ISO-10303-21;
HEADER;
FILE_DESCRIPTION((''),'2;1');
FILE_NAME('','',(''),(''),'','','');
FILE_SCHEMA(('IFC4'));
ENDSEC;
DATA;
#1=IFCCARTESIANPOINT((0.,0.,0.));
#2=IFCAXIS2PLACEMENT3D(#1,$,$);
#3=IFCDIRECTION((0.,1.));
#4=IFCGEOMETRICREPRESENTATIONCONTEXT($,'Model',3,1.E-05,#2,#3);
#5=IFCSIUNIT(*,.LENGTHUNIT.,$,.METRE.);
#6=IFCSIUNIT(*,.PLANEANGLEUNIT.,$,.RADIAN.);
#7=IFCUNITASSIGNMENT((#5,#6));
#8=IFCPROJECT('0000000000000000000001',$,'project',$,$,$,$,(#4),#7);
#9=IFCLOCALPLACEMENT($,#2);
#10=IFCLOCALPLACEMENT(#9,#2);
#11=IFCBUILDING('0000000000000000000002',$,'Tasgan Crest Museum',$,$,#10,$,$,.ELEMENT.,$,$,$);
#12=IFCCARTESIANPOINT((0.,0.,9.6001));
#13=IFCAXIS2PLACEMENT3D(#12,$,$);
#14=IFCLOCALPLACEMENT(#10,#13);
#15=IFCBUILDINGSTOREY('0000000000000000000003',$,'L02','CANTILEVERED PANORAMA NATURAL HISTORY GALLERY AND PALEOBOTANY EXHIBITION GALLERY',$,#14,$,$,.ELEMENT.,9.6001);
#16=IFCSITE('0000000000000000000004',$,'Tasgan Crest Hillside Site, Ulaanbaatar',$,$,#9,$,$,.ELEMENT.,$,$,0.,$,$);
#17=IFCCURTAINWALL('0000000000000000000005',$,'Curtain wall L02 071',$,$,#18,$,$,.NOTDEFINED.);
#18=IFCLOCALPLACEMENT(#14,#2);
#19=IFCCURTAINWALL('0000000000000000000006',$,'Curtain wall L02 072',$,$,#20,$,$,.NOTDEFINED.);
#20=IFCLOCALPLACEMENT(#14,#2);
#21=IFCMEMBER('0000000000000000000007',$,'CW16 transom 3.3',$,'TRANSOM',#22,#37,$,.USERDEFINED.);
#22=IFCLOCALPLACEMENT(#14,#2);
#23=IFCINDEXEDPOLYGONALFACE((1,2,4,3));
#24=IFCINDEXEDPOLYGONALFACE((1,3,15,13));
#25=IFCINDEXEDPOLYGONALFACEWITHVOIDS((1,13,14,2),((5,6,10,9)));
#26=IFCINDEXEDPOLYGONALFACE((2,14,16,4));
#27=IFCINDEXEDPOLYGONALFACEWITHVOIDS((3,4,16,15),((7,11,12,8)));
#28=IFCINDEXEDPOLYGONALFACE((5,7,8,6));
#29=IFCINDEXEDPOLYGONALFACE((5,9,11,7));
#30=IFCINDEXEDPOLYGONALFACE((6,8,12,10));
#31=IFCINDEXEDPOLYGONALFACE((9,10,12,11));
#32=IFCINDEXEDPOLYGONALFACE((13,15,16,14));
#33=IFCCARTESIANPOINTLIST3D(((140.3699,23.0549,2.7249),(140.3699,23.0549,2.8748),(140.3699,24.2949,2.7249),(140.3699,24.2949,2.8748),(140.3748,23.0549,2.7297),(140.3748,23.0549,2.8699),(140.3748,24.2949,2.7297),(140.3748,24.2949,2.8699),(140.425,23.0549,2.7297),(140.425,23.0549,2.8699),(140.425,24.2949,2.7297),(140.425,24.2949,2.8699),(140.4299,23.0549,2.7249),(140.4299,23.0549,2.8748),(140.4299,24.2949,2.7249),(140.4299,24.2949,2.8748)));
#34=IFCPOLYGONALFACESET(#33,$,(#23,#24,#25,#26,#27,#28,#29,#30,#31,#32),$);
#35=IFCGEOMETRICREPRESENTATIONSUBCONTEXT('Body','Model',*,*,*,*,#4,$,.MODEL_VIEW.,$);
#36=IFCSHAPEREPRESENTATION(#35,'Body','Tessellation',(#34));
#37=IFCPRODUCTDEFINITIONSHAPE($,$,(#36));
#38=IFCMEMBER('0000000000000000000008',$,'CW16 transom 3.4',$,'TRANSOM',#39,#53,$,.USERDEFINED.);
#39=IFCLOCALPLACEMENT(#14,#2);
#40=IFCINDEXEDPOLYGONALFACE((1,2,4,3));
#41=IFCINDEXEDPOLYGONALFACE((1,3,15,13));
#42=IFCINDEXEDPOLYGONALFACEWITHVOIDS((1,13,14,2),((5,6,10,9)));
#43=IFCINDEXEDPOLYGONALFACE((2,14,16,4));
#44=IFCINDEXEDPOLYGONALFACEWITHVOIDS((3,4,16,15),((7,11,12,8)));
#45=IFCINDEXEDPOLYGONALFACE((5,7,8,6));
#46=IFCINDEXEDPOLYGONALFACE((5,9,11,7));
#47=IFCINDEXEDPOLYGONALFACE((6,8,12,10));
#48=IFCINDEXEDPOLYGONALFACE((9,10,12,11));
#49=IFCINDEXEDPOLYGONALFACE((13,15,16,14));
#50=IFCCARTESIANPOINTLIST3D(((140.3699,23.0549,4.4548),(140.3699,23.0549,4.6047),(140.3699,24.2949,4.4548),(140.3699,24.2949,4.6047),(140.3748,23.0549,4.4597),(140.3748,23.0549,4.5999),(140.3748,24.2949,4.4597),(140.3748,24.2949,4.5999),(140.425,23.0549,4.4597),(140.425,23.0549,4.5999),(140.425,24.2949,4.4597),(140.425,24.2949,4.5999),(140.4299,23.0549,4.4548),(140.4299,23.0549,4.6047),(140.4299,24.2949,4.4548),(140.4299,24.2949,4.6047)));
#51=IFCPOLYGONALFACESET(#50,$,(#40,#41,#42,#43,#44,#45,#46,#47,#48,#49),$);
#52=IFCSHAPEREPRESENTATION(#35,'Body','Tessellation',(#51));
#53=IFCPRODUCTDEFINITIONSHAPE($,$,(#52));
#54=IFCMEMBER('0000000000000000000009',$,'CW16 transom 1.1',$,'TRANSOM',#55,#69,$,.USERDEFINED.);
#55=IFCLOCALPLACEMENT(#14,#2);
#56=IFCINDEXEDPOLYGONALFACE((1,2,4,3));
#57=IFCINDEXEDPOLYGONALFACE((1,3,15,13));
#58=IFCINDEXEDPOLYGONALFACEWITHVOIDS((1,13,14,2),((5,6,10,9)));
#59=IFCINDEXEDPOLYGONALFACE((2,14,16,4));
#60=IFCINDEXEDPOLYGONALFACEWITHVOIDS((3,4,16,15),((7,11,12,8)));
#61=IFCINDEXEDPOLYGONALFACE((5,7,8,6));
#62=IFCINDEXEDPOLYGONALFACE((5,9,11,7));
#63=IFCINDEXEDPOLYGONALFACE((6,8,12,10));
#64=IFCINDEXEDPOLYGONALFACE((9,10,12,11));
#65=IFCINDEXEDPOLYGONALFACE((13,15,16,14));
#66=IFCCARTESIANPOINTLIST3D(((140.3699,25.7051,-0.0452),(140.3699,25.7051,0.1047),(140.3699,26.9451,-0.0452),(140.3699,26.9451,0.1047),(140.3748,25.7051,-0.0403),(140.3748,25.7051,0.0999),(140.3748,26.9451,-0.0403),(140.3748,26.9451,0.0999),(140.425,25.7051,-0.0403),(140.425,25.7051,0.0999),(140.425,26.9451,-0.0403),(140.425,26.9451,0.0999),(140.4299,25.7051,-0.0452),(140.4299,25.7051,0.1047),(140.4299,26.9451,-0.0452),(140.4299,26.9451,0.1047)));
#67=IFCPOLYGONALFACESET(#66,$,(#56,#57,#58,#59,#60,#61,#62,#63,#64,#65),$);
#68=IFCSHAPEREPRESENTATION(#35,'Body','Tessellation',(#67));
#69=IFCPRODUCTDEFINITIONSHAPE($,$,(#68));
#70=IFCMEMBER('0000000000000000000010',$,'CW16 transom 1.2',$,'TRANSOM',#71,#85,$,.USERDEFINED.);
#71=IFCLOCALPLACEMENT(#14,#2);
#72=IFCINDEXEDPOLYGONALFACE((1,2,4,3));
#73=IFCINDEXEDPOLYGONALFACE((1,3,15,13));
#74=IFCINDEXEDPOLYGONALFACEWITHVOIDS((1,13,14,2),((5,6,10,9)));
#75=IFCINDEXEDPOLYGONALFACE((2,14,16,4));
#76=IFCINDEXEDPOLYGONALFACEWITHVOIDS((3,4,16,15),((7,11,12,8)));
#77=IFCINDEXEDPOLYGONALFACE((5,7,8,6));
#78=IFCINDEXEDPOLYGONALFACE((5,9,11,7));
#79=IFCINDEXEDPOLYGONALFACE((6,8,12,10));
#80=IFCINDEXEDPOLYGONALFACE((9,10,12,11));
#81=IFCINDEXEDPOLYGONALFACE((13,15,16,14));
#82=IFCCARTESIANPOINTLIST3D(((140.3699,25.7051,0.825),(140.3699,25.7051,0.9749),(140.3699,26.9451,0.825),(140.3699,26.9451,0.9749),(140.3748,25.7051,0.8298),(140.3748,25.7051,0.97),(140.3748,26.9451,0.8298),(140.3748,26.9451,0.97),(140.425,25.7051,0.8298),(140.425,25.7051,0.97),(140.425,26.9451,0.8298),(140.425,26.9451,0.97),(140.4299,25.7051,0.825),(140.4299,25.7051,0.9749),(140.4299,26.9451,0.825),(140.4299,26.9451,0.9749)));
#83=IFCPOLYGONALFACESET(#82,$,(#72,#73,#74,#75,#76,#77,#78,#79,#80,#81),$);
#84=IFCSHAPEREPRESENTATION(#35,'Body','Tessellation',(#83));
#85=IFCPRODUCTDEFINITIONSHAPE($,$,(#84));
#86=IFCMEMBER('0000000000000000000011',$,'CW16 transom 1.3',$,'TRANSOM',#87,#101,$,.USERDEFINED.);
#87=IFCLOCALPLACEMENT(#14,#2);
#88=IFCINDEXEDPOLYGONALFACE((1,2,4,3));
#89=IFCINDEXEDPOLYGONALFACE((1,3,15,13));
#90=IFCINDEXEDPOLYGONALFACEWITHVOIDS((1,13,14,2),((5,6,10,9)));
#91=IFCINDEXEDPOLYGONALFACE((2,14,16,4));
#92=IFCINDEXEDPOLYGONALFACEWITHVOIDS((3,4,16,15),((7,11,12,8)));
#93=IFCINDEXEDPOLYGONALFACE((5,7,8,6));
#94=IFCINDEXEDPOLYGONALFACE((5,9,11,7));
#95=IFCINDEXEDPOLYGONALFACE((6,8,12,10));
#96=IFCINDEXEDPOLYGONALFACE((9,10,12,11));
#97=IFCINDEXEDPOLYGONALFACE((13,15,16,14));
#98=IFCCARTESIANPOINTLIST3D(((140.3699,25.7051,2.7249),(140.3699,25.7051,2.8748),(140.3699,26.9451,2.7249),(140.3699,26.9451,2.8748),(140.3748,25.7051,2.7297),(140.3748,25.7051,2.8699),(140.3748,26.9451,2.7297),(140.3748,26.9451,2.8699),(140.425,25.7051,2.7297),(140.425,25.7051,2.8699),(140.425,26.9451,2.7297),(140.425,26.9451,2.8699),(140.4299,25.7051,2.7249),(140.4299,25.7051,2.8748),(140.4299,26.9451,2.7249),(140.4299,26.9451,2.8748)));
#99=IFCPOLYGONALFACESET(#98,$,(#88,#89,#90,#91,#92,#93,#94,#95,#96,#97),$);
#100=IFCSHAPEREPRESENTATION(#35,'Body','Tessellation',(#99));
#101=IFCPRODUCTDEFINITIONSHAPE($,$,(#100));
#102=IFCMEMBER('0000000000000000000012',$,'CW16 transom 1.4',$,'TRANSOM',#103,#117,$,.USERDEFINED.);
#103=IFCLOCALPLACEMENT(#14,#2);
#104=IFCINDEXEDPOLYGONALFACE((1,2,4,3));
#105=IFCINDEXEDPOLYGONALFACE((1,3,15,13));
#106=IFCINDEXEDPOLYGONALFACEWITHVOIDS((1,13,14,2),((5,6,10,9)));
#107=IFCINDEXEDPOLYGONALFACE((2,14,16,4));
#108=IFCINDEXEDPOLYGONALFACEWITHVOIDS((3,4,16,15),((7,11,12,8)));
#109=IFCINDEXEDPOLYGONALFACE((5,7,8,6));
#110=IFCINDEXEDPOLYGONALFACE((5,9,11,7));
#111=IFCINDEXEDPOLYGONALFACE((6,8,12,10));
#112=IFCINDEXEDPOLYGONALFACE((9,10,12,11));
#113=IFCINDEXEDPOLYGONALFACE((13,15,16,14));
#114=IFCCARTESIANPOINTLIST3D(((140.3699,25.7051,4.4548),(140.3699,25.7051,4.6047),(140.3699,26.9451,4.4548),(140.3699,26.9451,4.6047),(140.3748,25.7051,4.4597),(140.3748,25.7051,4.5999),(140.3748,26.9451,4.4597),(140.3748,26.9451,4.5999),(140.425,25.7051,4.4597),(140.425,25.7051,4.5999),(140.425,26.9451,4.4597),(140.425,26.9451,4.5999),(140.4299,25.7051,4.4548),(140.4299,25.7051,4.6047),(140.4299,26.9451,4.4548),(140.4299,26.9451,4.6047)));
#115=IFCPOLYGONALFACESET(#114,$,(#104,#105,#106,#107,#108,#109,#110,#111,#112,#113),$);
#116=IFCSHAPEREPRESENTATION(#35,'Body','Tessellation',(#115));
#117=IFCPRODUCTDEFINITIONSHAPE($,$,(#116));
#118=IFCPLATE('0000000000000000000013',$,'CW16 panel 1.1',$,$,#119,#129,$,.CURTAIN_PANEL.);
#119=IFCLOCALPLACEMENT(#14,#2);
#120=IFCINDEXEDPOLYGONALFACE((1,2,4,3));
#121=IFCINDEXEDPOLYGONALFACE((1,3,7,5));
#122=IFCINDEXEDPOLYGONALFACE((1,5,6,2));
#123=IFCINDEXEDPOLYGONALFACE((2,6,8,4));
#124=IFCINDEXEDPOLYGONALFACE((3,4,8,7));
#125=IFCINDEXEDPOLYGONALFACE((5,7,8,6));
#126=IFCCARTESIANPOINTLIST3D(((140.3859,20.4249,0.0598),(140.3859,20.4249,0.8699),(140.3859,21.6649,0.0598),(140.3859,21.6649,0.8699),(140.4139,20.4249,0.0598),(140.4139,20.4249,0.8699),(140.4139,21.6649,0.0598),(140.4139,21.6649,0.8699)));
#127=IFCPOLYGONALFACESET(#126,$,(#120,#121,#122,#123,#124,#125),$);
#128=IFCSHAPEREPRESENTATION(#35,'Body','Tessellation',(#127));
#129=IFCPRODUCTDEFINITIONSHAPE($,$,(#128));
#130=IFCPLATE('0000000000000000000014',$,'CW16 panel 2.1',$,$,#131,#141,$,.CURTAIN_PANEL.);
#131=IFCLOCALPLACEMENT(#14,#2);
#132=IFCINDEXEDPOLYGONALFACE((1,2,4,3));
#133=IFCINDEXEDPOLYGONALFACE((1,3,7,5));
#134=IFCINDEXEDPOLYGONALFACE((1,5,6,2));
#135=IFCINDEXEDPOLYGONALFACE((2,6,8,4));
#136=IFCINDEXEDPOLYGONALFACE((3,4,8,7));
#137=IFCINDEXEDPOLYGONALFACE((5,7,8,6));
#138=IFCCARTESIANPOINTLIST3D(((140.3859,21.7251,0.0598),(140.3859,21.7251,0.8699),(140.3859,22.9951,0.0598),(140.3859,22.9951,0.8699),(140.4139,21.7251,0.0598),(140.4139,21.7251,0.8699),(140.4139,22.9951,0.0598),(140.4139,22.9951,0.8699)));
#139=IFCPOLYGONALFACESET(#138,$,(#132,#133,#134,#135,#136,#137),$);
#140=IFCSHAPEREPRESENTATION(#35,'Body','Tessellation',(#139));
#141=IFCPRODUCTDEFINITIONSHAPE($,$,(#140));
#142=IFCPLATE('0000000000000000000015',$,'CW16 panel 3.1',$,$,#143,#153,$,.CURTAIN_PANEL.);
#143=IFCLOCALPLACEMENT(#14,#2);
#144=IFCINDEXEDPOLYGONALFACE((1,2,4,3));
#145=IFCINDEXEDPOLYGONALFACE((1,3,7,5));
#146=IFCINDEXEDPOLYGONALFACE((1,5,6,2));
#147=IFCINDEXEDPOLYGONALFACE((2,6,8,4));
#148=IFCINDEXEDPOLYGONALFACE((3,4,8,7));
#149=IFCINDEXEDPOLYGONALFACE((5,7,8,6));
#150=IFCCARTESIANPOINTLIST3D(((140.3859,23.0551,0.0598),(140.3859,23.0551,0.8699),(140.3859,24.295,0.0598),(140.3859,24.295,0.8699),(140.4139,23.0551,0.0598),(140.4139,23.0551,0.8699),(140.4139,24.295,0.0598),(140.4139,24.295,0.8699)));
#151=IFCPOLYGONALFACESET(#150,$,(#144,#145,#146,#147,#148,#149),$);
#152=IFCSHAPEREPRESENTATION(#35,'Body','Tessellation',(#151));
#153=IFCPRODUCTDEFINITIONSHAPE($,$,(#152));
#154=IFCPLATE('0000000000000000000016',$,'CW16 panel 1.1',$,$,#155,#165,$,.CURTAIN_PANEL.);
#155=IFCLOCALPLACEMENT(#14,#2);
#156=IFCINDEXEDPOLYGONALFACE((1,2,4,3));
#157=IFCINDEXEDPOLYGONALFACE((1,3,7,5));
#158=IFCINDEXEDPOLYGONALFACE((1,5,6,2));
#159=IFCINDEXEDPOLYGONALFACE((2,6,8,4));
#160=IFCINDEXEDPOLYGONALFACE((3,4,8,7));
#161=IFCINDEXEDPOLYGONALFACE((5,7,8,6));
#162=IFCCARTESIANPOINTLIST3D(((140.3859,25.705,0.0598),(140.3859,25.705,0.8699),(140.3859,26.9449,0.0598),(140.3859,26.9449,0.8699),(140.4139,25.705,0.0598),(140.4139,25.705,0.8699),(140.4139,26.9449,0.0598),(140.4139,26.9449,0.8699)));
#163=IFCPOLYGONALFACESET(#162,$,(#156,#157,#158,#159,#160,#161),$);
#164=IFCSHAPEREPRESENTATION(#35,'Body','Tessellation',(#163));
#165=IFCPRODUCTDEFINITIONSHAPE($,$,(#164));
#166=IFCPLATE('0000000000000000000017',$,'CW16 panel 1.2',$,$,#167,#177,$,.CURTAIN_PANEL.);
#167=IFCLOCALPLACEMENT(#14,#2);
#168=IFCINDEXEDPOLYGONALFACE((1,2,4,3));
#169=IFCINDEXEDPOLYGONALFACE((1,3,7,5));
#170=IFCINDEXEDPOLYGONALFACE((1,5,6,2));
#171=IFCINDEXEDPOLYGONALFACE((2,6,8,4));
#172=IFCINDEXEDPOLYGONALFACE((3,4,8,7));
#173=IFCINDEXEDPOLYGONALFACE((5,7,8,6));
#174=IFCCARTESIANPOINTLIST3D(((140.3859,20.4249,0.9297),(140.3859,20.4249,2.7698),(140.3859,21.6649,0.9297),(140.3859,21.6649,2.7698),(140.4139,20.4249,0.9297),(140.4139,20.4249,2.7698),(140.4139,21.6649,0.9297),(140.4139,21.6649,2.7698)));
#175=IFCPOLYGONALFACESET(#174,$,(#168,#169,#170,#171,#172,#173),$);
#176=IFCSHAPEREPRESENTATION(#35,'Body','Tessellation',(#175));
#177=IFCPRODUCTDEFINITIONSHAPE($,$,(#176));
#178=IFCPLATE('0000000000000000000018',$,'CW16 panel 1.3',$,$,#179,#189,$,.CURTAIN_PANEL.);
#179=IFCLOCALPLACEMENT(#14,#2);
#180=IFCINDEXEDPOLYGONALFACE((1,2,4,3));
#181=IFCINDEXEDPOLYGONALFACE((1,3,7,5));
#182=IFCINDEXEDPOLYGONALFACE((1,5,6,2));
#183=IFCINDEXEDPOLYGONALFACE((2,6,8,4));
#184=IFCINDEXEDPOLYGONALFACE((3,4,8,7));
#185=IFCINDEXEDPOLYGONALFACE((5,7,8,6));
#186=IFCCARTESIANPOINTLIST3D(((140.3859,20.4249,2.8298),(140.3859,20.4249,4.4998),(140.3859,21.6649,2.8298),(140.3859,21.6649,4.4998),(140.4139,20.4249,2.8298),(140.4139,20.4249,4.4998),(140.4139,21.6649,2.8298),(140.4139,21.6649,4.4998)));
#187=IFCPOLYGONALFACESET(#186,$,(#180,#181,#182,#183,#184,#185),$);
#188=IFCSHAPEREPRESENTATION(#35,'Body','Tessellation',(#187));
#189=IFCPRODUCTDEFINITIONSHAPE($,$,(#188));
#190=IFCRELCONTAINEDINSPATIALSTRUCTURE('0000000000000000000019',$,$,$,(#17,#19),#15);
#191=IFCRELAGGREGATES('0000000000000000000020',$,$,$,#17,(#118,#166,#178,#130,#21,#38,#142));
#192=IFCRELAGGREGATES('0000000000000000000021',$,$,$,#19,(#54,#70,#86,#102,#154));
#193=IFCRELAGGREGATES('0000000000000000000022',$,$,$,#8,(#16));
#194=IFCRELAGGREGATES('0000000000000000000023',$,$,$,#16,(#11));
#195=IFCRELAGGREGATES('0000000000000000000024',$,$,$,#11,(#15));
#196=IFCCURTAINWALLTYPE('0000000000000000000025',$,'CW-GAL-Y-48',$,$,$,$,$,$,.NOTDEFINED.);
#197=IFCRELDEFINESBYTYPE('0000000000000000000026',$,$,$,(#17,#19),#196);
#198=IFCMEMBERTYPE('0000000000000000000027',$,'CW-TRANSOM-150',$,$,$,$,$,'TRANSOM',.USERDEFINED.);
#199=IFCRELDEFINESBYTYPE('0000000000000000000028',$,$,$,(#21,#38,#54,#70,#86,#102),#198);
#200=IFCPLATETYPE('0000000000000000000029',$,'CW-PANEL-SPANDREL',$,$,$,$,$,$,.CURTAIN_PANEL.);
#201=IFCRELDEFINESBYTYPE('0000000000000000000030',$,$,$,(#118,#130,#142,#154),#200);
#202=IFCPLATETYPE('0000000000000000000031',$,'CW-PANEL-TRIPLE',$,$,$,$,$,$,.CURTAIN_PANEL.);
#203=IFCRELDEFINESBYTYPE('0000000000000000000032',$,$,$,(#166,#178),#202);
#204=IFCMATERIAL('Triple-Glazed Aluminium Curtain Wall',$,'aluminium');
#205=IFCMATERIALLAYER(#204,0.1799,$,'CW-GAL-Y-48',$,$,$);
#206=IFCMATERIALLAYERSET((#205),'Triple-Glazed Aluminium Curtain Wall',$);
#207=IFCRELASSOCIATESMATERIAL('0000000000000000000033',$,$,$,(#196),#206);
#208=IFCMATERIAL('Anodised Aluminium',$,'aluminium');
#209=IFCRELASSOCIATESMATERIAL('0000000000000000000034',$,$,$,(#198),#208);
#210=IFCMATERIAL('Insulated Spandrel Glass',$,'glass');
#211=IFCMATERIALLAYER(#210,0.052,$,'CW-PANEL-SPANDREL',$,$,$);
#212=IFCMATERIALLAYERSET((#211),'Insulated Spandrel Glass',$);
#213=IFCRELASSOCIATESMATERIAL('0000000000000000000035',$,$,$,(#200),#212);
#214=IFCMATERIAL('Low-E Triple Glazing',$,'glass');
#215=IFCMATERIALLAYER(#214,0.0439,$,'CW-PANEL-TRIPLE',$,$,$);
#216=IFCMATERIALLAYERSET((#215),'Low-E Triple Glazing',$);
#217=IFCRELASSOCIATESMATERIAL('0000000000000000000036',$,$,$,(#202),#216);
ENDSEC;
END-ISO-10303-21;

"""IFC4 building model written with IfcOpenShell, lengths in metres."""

from ifc_helpers import new_model, si_unit, direction, frame, origin, origin_2d, place, context, subcontext, project, spatial, rectangle, hollow_rectangle, extrude, material, layer, layer_set, material_profile, profile_set, type_object, element, aggregate, save


model = new_model("IFC4")

# Units and contexts
model_context = context("Model", 3, precision=1e-05, world=origin(), true_north=direction((0.0, 1.0)))
body_context = subcontext(model_context, "Body", "Model", "MODEL_VIEW")
ifc_project = project(units=[si_unit("LENGTHUNIT", "METRE"), si_unit("PLANEANGLEUNIT", "RADIAN")], contexts=[model_context])

# Site, building, storey
site_placement = place(None, origin())
site = spatial("IfcSite", under=ifc_project, at=site_placement, Name="Tasgan Crest Hillside Site, Ulaanbaatar", CompositionType="ELEMENT", RefElevation=0.0)
building_placement = place(site_placement, origin())
building = spatial("IfcBuilding", under=site, at=building_placement, Name="Tasgan Crest Museum", CompositionType="ELEMENT")
storey_placement = place(building_placement, frame((0.0, 0.0, 9.6001)))
storey = spatial("IfcBuildingStorey", under=building, at=storey_placement, Name="L02", Description="CANTILEVERED PANORAMA NATURAL HISTORY GALLERY AND PALEOBOTANY EXHIBITION GALLERY", CompositionType="ELEMENT", Elevation=9.6001)

# Curtain walls
ifc_material_1 = material(Name="Triple-Glazed Aluminium Curtain Wall", Category="aluminium")
ifc_layer_1 = layer(ifc_material_1, 0.1799, Name="CW-GAL-Y-48")
ifc_layer_set_1 = layer_set([ifc_layer_1], Name="Triple-Glazed Aluminium Curtain Wall")
curtain_wall_type = type_object("IfcCurtainWallType", Name="CW-GAL-Y-48", PredefinedType="NOTDEFINED", material=ifc_layer_set_1)
curtain_wall_1_placement = place(storey_placement, origin())
curtain_wall_1 = element("IfcCurtainWall", 1, at=curtain_wall_1_placement, inside=storey, type_object=curtain_wall_type, Name="Curtain wall L02 071", PredefinedType="NOTDEFINED")
curtain_wall_2_placement = place(storey_placement, origin())
curtain_wall_2 = element("IfcCurtainWall", 2, at=curtain_wall_2_placement, inside=storey, type_object=curtain_wall_type, Name="Curtain wall L02 072", PredefinedType="NOTDEFINED")

# Members
ifc_material_2 = material(Name="Anodised Aluminium", Category="aluminium")
ifc_material_profile_1 = material_profile(ifc_material_2, hollow_rectangle(XDim=0.0601, YDim=0.1499, WallThickness=0.0049, at=origin_2d()), Name="ALU TRANSOM 150x60x5")
ifc_profile_set_1 = profile_set([ifc_material_profile_1], Name="Anodised Aluminium")
member_type_1 = type_object("IfcMemberType", Name="CW-TRANSOM-150", ElementType="TRANSOM", PredefinedType="USERDEFINED", material=ifc_profile_set_1)
member_1_placement = place(storey_placement, frame((140.3999, 23.0549, 2.7998), z_axis=(0.0, 1.0, 0.0), x_axis=(-1.0, 0.0, 0.0)))
member_1 = element("IfcMember", 3, at=member_1_placement, type_object=member_type_1, Name="CW16 transom 3.3", ObjectType="TRANSOM", PredefinedType="USERDEFINED", context=body_context, shape_type="SweptSolid", body=[
    extrude(hollow_rectangle(XDim=0.0601, YDim=0.1499, WallThickness=0.0049, at=origin_2d()), origin(), (0.0, 0.0, 1.0), 1.24),
])
member_2_placement = place(storey_placement, frame((140.3999, 23.0549, 4.5298), z_axis=(0.0, 1.0, 0.0), x_axis=(-1.0, 0.0, 0.0)))
member_2 = element("IfcMember", 4, at=member_2_placement, type_object=member_type_1, Name="CW16 transom 3.4", ObjectType="TRANSOM", PredefinedType="USERDEFINED", context=body_context, shape_type="SweptSolid", body=[
    extrude(hollow_rectangle(XDim=0.0601, YDim=0.1499, WallThickness=0.0049, at=origin_2d()), origin(), (0.0, 0.0, 1.0), 1.24),
])
member_3_placement = place(storey_placement, frame((140.3999, 25.7051, 0.0298), z_axis=(0.0, 1.0, 0.0), x_axis=(-1.0, 0.0, 0.0)))
member_3 = element("IfcMember", 5, at=member_3_placement, type_object=member_type_1, Name="CW16 transom 1.1", ObjectType="TRANSOM", PredefinedType="USERDEFINED", context=body_context, shape_type="SweptSolid", body=[
    extrude(hollow_rectangle(XDim=0.0601, YDim=0.1499, WallThickness=0.0049, at=origin_2d()), origin(), (0.0, 0.0, 1.0), 1.24),
])
member_4_placement = place(storey_placement, frame((140.3999, 25.7051, 0.8999), z_axis=(0.0, 1.0, 0.0), x_axis=(-1.0, 0.0, 0.0)))
member_4 = element("IfcMember", 6, at=member_4_placement, type_object=member_type_1, Name="CW16 transom 1.2", ObjectType="TRANSOM", PredefinedType="USERDEFINED", context=body_context, shape_type="SweptSolid", body=[
    extrude(hollow_rectangle(XDim=0.0601, YDim=0.1499, WallThickness=0.0049, at=origin_2d()), origin(), (0.0, 0.0, 1.0), 1.24),
])
member_5_placement = place(storey_placement, frame((140.3999, 25.7051, 2.7998), z_axis=(0.0, 1.0, 0.0), x_axis=(-1.0, 0.0, 0.0)))
member_5 = element("IfcMember", 7, at=member_5_placement, type_object=member_type_1, Name="CW16 transom 1.3", ObjectType="TRANSOM", PredefinedType="USERDEFINED", context=body_context, shape_type="SweptSolid", body=[
    extrude(hollow_rectangle(XDim=0.0601, YDim=0.1499, WallThickness=0.0049, at=origin_2d()), origin(), (0.0, 0.0, 1.0), 1.24),
])
member_6_placement = place(storey_placement, frame((140.3999, 25.7051, 4.5298), z_axis=(0.0, 1.0, 0.0), x_axis=(-1.0, 0.0, 0.0)))
member_6 = element("IfcMember", 8, at=member_6_placement, type_object=member_type_1, Name="CW16 transom 1.4", ObjectType="TRANSOM", PredefinedType="USERDEFINED", context=body_context, shape_type="SweptSolid", body=[
    extrude(hollow_rectangle(XDim=0.0601, YDim=0.1499, WallThickness=0.0049, at=origin_2d()), origin(), (0.0, 0.0, 1.0), 1.24),
])

# Plates
ifc_material_3 = material(Name="Insulated Spandrel Glass", Category="glass")
ifc_layer_2 = layer(ifc_material_3, 0.052, Name="CW-PANEL-SPANDREL")
ifc_layer_set_2 = layer_set([ifc_layer_2], Name="Insulated Spandrel Glass")
plate_type_1 = type_object("IfcPlateType", Name="CW-PANEL-SPANDREL", PredefinedType="CURTAIN_PANEL", material=ifc_layer_set_2)
plate_1_placement = place(storey_placement, frame((140.3999, 21.0449, 0.0598), z_axis=(0.0, 0.0, 1.0), x_axis=(0.0, 1.0, 0.0)))
plate_1 = element("IfcPlate", 9, at=plate_1_placement, type_object=plate_type_1, Name="CW16 panel 1.1", PredefinedType="CURTAIN_PANEL", context=body_context, shape_type="SweptSolid", body=[
    extrude(rectangle(XDim=1.24, YDim=0.0281, at=origin_2d()), origin(), (0.0, 0.0, 1.0), 0.8101),
])
plate_2_placement = place(storey_placement, frame((140.3999, 22.3601, 0.0598), z_axis=(0.0, 0.0, 1.0), x_axis=(0.0, 1.0, 0.0)))
plate_2 = element("IfcPlate", 10, at=plate_2_placement, type_object=plate_type_1, Name="CW16 panel 2.1", PredefinedType="CURTAIN_PANEL", context=body_context, shape_type="SweptSolid", body=[
    extrude(rectangle(XDim=1.27, YDim=0.0281, at=origin_2d()), origin(), (0.0, 0.0, 1.0), 0.8101),
])
plate_3_placement = place(storey_placement, frame((140.3999, 23.675, 0.0598), z_axis=(0.0, 0.0, 1.0), x_axis=(0.0, 1.0, 0.0)))
plate_3 = element("IfcPlate", 11, at=plate_3_placement, type_object=plate_type_1, Name="CW16 panel 3.1", PredefinedType="CURTAIN_PANEL", context=body_context, shape_type="SweptSolid", body=[
    extrude(rectangle(XDim=1.24, YDim=0.0281, at=origin_2d()), origin(), (0.0, 0.0, 1.0), 0.8101),
])
plate_4_placement = place(storey_placement, frame((140.3999, 26.325, 0.0598), z_axis=(0.0, 0.0, 1.0), x_axis=(0.0, 1.0, 0.0)))
plate_4 = element("IfcPlate", 12, at=plate_4_placement, type_object=plate_type_1, Name="CW16 panel 1.1", PredefinedType="CURTAIN_PANEL", context=body_context, shape_type="SweptSolid", body=[
    extrude(rectangle(XDim=1.24, YDim=0.0281, at=origin_2d()), origin(), (0.0, 0.0, 1.0), 0.8101),
])
ifc_material_4 = material(Name="Low-E Triple Glazing", Category="glass")
ifc_layer_3 = layer(ifc_material_4, 0.0439, Name="CW-PANEL-TRIPLE")
ifc_layer_set_3 = layer_set([ifc_layer_3], Name="Low-E Triple Glazing")
plate_type_2 = type_object("IfcPlateType", Name="CW-PANEL-TRIPLE", PredefinedType="CURTAIN_PANEL", material=ifc_layer_set_3)
plate_5_placement = place(storey_placement, frame((140.3999, 21.0449, 0.9297), z_axis=(0.0, 0.0, 1.0), x_axis=(0.0, 1.0, 0.0)))
plate_5 = element("IfcPlate", 13, at=plate_5_placement, type_object=plate_type_2, Name="CW16 panel 1.2", PredefinedType="CURTAIN_PANEL", context=body_context, shape_type="SweptSolid", body=[
    extrude(rectangle(XDim=1.24, YDim=0.0281, at=origin_2d()), origin(), (0.0, 0.0, 1.0), 1.8401),
])
plate_6_placement = place(storey_placement, frame((140.3999, 21.0449, 2.8298), z_axis=(0.0, 0.0, 1.0), x_axis=(0.0, 1.0, 0.0)))
plate_6 = element("IfcPlate", 14, at=plate_6_placement, type_object=plate_type_2, Name="CW16 panel 1.3", PredefinedType="CURTAIN_PANEL", context=body_context, shape_type="SweptSolid", body=[
    extrude(rectangle(XDim=1.24, YDim=0.0281, at=origin_2d()), origin(), (0.0, 0.0, 1.0), 1.6699),
])
aggregate(curtain_wall_1, [plate_1, plate_5, plate_6, plate_2, member_1, member_2, plate_3])
aggregate(curtain_wall_2, [member_3, member_4, member_5, member_6, plate_4])

save(model, "model.ifc")
